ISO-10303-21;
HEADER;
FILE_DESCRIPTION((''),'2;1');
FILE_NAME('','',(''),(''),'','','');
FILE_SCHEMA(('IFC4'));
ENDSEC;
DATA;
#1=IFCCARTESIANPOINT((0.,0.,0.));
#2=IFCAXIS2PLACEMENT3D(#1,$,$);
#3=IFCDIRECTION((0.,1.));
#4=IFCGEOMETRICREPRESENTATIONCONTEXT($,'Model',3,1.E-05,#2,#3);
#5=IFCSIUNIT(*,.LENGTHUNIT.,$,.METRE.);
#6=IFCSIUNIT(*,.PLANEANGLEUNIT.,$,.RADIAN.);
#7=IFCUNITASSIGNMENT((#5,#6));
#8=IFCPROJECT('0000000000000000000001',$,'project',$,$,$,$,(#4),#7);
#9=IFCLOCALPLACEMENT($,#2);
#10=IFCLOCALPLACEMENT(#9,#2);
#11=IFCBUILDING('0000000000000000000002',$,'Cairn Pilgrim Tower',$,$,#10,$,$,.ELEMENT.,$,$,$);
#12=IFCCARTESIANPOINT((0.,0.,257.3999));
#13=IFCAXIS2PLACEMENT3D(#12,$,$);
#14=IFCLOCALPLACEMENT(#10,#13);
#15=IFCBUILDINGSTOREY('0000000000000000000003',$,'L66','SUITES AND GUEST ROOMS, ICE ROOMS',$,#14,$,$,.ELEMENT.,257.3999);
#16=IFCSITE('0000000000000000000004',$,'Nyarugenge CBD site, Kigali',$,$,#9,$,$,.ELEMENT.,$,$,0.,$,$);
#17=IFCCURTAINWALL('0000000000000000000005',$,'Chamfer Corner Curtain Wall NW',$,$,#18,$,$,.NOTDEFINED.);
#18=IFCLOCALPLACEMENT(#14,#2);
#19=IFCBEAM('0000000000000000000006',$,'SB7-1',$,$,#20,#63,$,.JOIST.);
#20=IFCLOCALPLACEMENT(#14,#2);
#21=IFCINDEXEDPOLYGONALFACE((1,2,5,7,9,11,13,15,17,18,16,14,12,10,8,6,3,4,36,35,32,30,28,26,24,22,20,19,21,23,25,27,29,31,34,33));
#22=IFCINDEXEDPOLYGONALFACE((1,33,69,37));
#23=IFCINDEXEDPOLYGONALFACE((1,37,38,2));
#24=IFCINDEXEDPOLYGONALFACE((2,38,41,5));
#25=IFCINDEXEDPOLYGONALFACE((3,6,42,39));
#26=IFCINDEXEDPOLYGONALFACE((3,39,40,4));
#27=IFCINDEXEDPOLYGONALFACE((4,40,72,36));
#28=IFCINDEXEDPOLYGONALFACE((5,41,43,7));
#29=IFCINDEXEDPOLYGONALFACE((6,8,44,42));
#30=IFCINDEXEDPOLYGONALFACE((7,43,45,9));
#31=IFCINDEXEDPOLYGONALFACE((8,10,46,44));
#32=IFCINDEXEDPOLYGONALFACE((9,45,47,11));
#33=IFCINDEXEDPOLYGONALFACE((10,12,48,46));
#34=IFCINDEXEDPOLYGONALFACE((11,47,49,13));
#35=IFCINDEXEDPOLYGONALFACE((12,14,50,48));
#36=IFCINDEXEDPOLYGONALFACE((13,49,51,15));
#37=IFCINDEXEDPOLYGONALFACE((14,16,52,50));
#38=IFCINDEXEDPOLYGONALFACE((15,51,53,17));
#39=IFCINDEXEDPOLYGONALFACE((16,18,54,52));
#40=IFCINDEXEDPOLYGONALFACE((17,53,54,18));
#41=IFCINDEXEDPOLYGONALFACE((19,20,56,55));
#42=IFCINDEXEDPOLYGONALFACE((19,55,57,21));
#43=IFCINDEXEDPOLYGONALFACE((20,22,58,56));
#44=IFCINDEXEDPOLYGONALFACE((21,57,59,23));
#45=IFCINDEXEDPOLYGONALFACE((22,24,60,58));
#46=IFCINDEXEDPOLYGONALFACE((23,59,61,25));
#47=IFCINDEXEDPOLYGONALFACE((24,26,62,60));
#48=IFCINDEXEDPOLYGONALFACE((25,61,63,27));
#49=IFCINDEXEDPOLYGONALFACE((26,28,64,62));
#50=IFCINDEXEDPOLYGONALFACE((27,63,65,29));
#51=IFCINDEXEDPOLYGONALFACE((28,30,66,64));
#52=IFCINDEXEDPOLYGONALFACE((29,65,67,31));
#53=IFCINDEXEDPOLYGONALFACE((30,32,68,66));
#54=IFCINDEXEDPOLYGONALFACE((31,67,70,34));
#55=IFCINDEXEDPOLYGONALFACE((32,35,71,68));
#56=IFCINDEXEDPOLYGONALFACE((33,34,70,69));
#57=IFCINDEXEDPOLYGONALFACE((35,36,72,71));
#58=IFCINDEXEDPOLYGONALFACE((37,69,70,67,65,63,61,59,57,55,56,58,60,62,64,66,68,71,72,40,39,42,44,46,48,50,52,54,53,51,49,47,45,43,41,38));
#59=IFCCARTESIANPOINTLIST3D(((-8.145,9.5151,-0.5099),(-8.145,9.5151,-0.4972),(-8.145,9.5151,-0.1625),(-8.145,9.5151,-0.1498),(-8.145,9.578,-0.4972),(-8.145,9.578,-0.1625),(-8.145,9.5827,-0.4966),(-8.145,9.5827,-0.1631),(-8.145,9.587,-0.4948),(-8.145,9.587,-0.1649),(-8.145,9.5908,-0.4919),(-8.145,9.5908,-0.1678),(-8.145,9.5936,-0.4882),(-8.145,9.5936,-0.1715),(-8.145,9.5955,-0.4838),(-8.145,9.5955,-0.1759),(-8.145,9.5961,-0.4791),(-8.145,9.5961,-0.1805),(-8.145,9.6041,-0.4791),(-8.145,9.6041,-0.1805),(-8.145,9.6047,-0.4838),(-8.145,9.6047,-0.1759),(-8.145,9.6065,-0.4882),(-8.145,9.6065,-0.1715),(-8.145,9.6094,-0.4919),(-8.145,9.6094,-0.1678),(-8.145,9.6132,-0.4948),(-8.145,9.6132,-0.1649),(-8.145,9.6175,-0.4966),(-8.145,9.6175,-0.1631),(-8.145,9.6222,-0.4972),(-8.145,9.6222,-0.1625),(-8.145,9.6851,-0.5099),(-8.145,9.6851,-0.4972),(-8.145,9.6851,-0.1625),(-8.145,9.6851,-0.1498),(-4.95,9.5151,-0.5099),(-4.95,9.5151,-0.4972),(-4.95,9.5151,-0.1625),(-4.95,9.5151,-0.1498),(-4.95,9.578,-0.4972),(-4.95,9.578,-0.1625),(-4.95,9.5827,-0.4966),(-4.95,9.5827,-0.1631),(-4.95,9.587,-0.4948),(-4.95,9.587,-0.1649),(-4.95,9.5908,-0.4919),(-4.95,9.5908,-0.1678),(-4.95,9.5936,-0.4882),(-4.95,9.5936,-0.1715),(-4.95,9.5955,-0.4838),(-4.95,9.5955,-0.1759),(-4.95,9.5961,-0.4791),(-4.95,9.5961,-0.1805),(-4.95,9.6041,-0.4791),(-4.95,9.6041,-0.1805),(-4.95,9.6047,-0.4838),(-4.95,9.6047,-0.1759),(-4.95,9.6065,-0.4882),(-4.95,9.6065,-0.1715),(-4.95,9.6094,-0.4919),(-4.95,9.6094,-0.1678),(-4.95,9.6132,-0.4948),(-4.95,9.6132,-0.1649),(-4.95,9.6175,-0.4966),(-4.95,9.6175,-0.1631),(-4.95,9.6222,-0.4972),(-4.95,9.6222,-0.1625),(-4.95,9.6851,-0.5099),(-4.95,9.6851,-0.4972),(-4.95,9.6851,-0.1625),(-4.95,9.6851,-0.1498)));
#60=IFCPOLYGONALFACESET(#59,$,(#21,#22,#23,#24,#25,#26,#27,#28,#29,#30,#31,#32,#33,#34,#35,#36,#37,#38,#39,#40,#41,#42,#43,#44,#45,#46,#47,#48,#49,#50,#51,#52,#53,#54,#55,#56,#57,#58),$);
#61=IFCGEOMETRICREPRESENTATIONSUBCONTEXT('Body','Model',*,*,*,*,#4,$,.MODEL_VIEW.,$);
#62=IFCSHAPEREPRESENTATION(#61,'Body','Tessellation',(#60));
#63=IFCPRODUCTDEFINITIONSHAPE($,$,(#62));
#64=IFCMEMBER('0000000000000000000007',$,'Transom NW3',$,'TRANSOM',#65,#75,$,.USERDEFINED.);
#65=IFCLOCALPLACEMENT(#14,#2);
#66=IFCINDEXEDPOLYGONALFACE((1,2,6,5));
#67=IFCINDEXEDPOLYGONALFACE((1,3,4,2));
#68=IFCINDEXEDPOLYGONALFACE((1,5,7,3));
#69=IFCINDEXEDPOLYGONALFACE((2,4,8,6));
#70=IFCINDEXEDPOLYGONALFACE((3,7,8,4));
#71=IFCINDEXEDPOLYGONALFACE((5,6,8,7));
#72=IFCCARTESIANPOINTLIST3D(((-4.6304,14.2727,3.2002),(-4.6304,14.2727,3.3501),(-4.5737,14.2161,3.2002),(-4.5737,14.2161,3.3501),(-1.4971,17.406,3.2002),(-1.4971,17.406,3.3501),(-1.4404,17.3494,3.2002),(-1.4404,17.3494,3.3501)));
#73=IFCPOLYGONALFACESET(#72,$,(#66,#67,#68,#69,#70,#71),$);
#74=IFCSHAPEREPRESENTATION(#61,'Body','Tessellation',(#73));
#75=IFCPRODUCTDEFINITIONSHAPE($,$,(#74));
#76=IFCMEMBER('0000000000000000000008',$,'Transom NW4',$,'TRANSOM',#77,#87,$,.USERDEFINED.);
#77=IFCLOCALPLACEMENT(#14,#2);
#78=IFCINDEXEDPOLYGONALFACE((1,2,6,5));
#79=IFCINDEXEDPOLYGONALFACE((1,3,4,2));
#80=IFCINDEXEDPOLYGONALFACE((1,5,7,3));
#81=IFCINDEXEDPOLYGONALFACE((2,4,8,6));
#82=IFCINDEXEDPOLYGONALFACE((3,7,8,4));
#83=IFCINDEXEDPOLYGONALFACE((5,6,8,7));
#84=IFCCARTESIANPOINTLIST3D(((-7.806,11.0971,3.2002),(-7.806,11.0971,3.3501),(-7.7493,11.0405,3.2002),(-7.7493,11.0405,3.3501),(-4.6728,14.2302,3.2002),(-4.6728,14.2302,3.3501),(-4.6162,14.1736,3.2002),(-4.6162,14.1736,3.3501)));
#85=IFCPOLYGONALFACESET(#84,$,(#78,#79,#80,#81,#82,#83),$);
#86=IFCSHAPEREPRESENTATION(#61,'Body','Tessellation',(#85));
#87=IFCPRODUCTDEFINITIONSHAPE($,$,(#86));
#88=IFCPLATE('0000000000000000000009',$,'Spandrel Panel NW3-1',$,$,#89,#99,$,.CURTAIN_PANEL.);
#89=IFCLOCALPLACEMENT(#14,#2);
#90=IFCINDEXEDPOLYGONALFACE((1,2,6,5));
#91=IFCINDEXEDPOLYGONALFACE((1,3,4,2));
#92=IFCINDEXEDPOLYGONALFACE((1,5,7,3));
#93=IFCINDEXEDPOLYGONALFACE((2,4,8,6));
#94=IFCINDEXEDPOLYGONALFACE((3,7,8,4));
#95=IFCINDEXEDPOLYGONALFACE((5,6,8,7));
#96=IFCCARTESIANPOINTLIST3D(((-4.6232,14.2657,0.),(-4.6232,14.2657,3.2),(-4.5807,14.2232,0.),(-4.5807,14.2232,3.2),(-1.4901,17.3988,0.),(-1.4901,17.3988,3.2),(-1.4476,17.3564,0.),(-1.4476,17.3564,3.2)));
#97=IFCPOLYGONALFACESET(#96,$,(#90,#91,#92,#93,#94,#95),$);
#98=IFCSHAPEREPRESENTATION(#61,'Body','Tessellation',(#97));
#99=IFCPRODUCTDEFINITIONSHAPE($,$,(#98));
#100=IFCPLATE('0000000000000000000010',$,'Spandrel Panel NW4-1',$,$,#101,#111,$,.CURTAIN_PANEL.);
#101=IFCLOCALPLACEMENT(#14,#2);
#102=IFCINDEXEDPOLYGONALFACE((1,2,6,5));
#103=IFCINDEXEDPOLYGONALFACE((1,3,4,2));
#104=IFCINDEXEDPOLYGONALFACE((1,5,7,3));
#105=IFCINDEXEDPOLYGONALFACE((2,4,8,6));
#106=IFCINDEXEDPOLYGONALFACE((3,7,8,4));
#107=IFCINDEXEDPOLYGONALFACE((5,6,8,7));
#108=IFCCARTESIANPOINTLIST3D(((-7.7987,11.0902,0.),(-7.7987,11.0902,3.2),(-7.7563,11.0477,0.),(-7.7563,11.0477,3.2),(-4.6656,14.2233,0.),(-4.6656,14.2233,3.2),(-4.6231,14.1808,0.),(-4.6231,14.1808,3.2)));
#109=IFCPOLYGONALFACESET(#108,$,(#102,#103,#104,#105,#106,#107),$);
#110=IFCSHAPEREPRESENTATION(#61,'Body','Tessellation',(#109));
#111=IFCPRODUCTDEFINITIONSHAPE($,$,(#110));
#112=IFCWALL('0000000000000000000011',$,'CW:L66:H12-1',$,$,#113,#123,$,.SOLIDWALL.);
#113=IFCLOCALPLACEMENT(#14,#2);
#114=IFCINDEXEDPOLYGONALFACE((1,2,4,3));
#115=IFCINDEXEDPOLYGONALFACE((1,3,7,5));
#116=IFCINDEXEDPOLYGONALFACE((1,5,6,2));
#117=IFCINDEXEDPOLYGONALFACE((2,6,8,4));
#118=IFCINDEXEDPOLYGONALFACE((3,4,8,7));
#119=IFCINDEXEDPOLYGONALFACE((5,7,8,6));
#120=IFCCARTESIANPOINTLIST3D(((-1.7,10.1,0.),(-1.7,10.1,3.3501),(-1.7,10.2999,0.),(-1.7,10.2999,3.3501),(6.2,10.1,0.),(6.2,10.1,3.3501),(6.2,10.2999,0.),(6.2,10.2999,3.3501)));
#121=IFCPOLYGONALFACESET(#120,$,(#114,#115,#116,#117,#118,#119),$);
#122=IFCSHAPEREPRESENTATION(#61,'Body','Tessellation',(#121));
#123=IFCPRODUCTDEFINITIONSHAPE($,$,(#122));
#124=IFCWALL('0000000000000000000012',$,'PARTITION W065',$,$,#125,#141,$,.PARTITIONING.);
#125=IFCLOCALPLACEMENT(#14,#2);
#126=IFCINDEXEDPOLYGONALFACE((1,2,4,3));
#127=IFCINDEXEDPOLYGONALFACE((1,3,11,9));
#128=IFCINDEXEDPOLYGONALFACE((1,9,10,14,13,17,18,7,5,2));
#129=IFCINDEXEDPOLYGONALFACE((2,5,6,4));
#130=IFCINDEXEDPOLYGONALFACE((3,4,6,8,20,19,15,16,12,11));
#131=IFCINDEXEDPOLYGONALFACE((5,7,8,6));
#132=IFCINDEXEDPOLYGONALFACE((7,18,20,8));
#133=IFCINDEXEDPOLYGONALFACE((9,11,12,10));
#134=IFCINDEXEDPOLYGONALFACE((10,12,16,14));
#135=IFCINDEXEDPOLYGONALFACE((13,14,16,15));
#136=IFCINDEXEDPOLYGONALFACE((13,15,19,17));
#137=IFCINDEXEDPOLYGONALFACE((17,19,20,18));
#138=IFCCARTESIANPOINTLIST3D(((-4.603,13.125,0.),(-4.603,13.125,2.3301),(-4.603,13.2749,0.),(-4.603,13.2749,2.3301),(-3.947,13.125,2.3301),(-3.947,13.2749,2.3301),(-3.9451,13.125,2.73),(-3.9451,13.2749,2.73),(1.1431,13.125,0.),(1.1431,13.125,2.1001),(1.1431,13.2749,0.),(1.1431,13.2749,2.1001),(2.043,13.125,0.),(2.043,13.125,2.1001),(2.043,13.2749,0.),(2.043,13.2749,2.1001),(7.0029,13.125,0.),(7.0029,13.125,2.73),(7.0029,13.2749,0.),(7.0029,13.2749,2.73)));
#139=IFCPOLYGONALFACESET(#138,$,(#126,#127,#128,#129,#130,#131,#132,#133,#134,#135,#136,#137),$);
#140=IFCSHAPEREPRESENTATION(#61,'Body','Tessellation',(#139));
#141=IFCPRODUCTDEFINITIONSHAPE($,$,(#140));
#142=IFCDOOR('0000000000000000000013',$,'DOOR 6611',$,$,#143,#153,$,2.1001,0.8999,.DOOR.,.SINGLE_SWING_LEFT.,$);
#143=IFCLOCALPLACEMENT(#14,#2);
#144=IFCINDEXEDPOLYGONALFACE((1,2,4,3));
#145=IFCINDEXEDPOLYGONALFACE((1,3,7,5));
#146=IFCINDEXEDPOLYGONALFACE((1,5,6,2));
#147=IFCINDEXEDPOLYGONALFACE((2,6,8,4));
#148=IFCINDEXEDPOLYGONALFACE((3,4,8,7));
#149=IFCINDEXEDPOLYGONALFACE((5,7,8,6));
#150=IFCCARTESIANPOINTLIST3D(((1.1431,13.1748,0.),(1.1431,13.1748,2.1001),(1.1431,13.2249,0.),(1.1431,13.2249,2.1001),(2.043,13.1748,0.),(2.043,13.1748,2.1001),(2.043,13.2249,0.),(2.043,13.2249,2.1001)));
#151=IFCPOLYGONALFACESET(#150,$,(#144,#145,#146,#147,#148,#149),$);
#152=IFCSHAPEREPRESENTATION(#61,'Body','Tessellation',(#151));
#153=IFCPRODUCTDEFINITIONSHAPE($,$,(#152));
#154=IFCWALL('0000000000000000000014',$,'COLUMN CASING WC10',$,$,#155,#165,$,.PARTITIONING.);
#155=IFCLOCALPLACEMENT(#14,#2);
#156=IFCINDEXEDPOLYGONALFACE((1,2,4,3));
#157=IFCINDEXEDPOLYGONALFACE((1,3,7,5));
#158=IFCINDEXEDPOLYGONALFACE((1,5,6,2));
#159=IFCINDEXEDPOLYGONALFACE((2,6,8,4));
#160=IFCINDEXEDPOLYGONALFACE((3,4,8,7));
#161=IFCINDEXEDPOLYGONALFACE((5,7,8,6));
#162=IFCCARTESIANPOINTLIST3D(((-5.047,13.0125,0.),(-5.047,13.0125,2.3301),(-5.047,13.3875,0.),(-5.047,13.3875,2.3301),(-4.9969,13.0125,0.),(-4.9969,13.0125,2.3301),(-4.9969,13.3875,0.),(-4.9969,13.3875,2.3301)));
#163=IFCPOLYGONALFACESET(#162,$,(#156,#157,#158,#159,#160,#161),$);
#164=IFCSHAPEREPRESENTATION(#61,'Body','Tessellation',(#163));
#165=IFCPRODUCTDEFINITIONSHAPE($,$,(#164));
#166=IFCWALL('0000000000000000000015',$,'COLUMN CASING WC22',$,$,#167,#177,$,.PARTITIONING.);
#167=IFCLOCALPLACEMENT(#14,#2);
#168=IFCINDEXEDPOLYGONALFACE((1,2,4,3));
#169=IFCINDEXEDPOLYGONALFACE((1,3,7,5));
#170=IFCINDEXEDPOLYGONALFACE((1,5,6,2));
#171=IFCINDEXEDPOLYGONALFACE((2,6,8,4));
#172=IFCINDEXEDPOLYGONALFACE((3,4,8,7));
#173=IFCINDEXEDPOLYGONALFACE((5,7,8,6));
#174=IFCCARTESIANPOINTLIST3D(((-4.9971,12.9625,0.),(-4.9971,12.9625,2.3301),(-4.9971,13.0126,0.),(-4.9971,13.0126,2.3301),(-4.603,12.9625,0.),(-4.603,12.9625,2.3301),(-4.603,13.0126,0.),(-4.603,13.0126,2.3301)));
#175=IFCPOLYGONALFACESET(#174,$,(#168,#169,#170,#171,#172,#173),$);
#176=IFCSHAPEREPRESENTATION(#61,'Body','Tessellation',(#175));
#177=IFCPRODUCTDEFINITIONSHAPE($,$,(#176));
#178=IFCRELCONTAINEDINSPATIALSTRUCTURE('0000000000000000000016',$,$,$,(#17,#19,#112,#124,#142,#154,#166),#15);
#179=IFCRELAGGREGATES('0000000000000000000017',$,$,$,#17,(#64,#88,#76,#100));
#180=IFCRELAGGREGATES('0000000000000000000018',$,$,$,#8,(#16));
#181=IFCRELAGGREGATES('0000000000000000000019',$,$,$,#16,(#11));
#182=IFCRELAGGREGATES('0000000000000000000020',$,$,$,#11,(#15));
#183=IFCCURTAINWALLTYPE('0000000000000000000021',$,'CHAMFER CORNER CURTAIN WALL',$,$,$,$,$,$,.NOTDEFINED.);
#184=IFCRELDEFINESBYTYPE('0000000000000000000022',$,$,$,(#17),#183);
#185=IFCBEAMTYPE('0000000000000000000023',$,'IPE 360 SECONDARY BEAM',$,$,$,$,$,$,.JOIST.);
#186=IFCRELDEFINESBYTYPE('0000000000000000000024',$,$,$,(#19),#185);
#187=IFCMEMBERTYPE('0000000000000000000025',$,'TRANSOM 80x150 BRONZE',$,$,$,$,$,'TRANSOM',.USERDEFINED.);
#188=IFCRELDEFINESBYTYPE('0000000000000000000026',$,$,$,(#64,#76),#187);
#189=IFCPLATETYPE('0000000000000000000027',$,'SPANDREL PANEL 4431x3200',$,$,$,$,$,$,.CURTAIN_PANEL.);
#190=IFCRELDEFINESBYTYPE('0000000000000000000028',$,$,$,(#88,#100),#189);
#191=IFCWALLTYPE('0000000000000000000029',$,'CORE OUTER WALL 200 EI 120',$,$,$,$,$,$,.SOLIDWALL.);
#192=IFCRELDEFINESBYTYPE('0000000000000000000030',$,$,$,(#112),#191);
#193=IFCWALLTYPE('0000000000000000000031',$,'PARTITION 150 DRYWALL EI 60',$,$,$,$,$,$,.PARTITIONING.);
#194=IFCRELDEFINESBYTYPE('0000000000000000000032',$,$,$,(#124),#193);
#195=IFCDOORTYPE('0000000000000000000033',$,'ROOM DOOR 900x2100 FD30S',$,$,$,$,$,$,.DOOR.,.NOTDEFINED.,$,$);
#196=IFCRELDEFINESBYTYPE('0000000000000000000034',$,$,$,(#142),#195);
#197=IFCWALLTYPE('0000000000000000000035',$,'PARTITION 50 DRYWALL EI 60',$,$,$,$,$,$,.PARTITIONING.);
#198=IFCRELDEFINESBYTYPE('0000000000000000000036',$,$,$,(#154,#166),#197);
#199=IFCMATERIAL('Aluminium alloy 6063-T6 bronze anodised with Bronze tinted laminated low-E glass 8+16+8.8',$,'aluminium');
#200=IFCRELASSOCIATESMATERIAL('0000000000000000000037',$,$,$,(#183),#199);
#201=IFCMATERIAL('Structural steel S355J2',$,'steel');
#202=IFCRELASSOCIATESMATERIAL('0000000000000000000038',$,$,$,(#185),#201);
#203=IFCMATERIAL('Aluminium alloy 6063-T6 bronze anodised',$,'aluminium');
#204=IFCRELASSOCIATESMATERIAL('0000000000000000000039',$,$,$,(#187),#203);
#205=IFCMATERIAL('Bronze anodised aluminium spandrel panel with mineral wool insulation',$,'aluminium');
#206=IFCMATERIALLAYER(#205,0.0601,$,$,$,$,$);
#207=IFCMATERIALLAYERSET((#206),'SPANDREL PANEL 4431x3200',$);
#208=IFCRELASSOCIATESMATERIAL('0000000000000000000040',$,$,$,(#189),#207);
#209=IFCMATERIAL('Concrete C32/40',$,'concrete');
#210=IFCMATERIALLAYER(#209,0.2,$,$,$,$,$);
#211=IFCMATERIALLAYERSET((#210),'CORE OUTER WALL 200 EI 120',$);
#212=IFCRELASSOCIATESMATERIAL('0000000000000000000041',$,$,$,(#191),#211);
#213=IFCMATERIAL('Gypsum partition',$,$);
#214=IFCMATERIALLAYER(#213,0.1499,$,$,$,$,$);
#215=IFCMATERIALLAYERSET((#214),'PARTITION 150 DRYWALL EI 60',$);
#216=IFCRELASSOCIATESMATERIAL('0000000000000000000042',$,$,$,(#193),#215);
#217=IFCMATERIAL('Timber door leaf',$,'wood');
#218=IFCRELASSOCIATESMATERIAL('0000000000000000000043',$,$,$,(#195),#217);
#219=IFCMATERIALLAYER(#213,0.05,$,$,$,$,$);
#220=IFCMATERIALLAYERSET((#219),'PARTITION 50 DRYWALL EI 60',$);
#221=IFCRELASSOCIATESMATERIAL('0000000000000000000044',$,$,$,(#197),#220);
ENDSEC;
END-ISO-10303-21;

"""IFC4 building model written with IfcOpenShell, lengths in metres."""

from ifc_helpers import new_model, si_unit, direction, frame, frame_2d, origin, origin_2d, place, context, subcontext, project, spatial, polyline, rectangle, i_section, outline, extrude, material, layer, layer_set, material_profile, profile_set, type_object, element, fill, aggregate, save


model = new_model("IFC4")

# Units and contexts
model_context = context("Model", 3, precision=1e-05, world=origin(), true_north=direction((0.0, 1.0)))
body_context = subcontext(model_context, "Body", "Model", "MODEL_VIEW")
ifc_project = project(units=[si_unit("LENGTHUNIT", "METRE"), si_unit("PLANEANGLEUNIT", "RADIAN")], contexts=[model_context])

# Site, building, storey
site_placement = place(None, origin())
site = spatial("IfcSite", under=ifc_project, at=site_placement, Name="Nyarugenge CBD site, Kigali", CompositionType="ELEMENT", RefElevation=0.0)
building_placement = place(site_placement, origin())
building = spatial("IfcBuilding", under=site, at=building_placement, Name="Cairn Pilgrim Tower", CompositionType="ELEMENT")
storey_placement = place(building_placement, frame((0.0, 0.0, 257.3999)))
storey = spatial("IfcBuildingStorey", under=building, at=storey_placement, Name="L66", Description="SUITES AND GUEST ROOMS, ICE ROOMS", CompositionType="ELEMENT", Elevation=257.3999)

# Shared definitions
ifc_material_1 = material(Name="Structural steel S355J2", Category="steel")

# Curtain wall
ifc_material_2 = material(Name="Aluminium alloy 6063-T6 bronze anodised with Bronze tinted laminated low-E glass 8+16+8.8", Category="aluminium")
curtain_wall_type = type_object("IfcCurtainWallType", Name="CHAMFER CORNER CURTAIN WALL", PredefinedType="NOTDEFINED", material=ifc_material_2)
curtain_wall_placement = place(storey_placement, origin())
curtain_wall = element("IfcCurtainWall", 1, at=curtain_wall_placement, inside=storey, type_object=curtain_wall_type, Name="Chamfer Corner Curtain Wall NW", PredefinedType="NOTDEFINED")
ifc_material_3 = material(Name="Aluminium alloy 6063-T6 bronze anodised", Category="aluminium")

# Beam
ifc_material_profile_1 = material_profile(ifc_material_1, i_section(OverallWidth=0.1699, OverallDepth=0.3601, WebThickness=0.0081, FlangeThickness=0.0127, FilletRadius=0.0181, at=origin_2d()), Name="IPE 360")
ifc_profile_set_1 = profile_set([ifc_material_profile_1], Name="Structural steel S355J2")
beam_type_1 = type_object("IfcBeamType", Name="IPE 360 SECONDARY BEAM", PredefinedType="JOIST", material=ifc_profile_set_1)
beam_1_placement = place(storey_placement, frame((-8.145, 9.6001, -0.3298), z_axis=(1.0, 0.0, 0.0), x_axis=(0.0, 1.0, 0.0)))
element("IfcBeam", 2, at=beam_1_placement, inside=storey, type_object=beam_type_1, Name="SB7-1", PredefinedType="JOIST", context=body_context, shape_type="SweptSolid", body=[
    extrude(i_section(OverallWidth=0.1699, OverallDepth=0.3601, WebThickness=0.0081, FlangeThickness=0.0127, FilletRadius=0.0181, at=origin_2d()), origin(), (0.0, 0.0, 1.0), 3.1951),
])

# Members
ifc_material_profile_2 = material_profile(ifc_material_3, rectangle(XDim=0.0801, YDim=0.1499, at=origin_2d()), Name="TRANSOM 80x150 BRONZE")
ifc_profile_set_2 = profile_set([ifc_material_profile_2], Name="Aluminium alloy 6063-T6 bronze anodised")
member_type_1 = type_object("IfcMemberType", Name="TRANSOM 80x150 BRONZE", ElementType="TRANSOM", PredefinedType="USERDEFINED", material=ifc_profile_set_2)
member_1_placement = place(storey_placement, frame((-1.4688, 17.3777, 3.2751), z_axis=(-0.707107, -0.707107, 0.0), x_axis=(0.707107, -0.707107, 0.0)))
member_1 = element("IfcMember", 3, at=member_1_placement, type_object=member_type_1, Name="Transom NW3", ObjectType="TRANSOM", PredefinedType="USERDEFINED", context=body_context, shape_type="SweptSolid", body=[
    extrude(rectangle(XDim=0.0801, YDim=0.1499, at=origin_2d()), origin(), (0.0, 0.0, 1.0), 4.4312),
])
member_2_placement = place(storey_placement, frame((-4.6445, 14.2019, 3.2751), z_axis=(-0.707107, -0.707107, 0.0), x_axis=(0.707107, -0.707107, 0.0)))
member_2 = element("IfcMember", 4, at=member_2_placement, type_object=member_type_1, Name="Transom NW4", ObjectType="TRANSOM", PredefinedType="USERDEFINED", context=body_context, shape_type="SweptSolid", body=[
    extrude(rectangle(XDim=0.0801, YDim=0.1499, at=origin_2d()), origin(), (0.0, 0.0, 1.0), 4.4309),
])

# Plates
ifc_material_4 = material(Name="Bronze anodised aluminium spandrel panel with mineral wool insulation", Category="aluminium")
ifc_layer_1 = layer(ifc_material_4, 0.0601)
ifc_layer_set_1 = layer_set([ifc_layer_1], Name="SPANDREL PANEL 4431x3200")
plate_type = type_object("IfcPlateType", Name="SPANDREL PANEL 4431x3200", PredefinedType="CURTAIN_PANEL", material=ifc_layer_set_1)
plate_1_placement = place(storey_placement, frame((-3.0354, 15.811, 0.0), z_axis=(0.0, 0.0, 1.0), x_axis=(-0.707107, -0.707107, 0.0)))
plate_1 = element("IfcPlate", 5, at=plate_1_placement, type_object=plate_type, Name="Spandrel Panel NW3-1", PredefinedType="CURTAIN_PANEL", context=body_context, shape_type="SweptSolid", body=[
    extrude(rectangle(XDim=4.4309, YDim=0.0601, at=origin_2d()), origin(), (0.0, 0.0, 1.0), 3.2),
])
plate_2_placement = place(storey_placement, frame((-6.2109, 12.6355, 0.0), z_axis=(0.0, 0.0, 1.0), x_axis=(-0.707107, -0.707107, 0.0)))
plate_2 = element("IfcPlate", 6, at=plate_2_placement, type_object=plate_type, Name="Spandrel Panel NW4-1", PredefinedType="CURTAIN_PANEL", context=body_context, shape_type="SweptSolid", body=[
    extrude(rectangle(XDim=4.4309, YDim=0.0601, at=origin_2d()), origin(), (0.0, 0.0, 1.0), 3.2),
])
aggregate(curtain_wall, [member_1, plate_1, member_2, plate_2])

# Wall
ifc_material_5 = material(Name="Concrete C32/40", Category="concrete")
ifc_layer_2 = layer(ifc_material_5, 0.2)
ifc_layer_set_2 = layer_set([ifc_layer_2], Name="CORE OUTER WALL 200 EI 120")
wall_type_1 = type_object("IfcWallType", Name="CORE OUTER WALL 200 EI 120", PredefinedType="SOLIDWALL", material=ifc_layer_set_2)
wall_1_placement = place(storey_placement, frame((-1.7, 10.2, 0.0), z_axis=(0.0, 0.0, 1.0), x_axis=(1.0, 0.0, 0.0)))
element("IfcWall", 7, at=wall_1_placement, inside=storey, type_object=wall_type_1, Name="CW:L66:H12-1", PredefinedType="SOLIDWALL", context=body_context, shape_type="SweptSolid", body=[
    extrude(rectangle(XDim=7.8999, YDim=0.2, at=frame_2d((3.95, 0.0))), origin(), (0.0, 0.0, 1.0), 3.3501),
])

# Wall, opening, door
ifc_material_6 = material(Name="Gypsum partition")
ifc_layer_3 = layer(ifc_material_6, 0.1499)
ifc_layer_set_3 = layer_set([ifc_layer_3], Name="PARTITION 150 DRYWALL EI 60")
wall_type_2 = type_object("IfcWallType", Name="PARTITION 150 DRYWALL EI 60", PredefinedType="PARTITIONING", material=ifc_layer_set_3)
wall_2_placement = place(storey_placement, frame((-4.603, 13.2, 0.0), z_axis=(0.0, 0.0, 1.0), x_axis=(1.0, 0.0, 0.0)))
wall_2 = element("IfcWall", 8, at=wall_2_placement, inside=storey, type_object=wall_type_2, Name="PARTITION W065", PredefinedType="PARTITIONING", context=body_context, shape_type="SweptSolid", body=[
    extrude(outline(polyline([(0.0, 0.0), (11.606, 0.0), (11.606, 2.73), (0.658, 2.73), (0.656, 2.3301), (0.0, 2.3301), (0.0, 0.0)])), frame((0.0, 0.075, 0.0), z_axis=(0.0, -1.0, 0.0), x_axis=(1.0, 0.0, 0.0)), (0.0, 0.0, 1.0), 0.1499),
])
opening_1_placement = place(wall_2_placement, frame((5.7461, 0.0, 0.0)))
opening_1 = element("IfcOpeningElement", 9, at=opening_1_placement, cuts=wall_2, PredefinedType="OPENING", context=body_context, shape_type="SweptSolid", body=[
    extrude(rectangle(XDim=0.8999, YDim=2.1001, at=frame_2d((0.45, 1.05))), frame((0.0, 0.085, 0.0), z_axis=(0.0, -1.0, 0.0), x_axis=(1.0, 0.0, 0.0)), (0.0, 0.0, 1.0), 0.1699),
])
ifc_material_7 = material(Name="Timber door leaf", Category="wood")
door_type_1 = type_object("IfcDoorType", Name="ROOM DOOR 900x2100 FD30S", OperationType="NOTDEFINED", PredefinedType="DOOR", material=ifc_material_7)
door_1_placement = place(opening_1_placement, origin())
door_1 = element("IfcDoor", 10, at=door_1_placement, inside=storey, type_object=door_type_1, Name="DOOR 6611", OperationType="SINGLE_SWING_LEFT", OverallHeight=2.1001, OverallWidth=0.8999, PredefinedType="DOOR", context=body_context, shape_type="SweptSolid", body=[
    extrude(rectangle(XDim=0.8999, YDim=2.1001, at=frame_2d((0.45, 1.05))), frame((0.0, 0.0249, 0.0), z_axis=(0.0, -1.0, 0.0), x_axis=(1.0, 0.0, 0.0)), (0.0, 0.0, 1.0), 0.05),
])
fill(opening_1, door_1)

# Walls
ifc_layer_4 = layer(ifc_material_6, 0.05)
ifc_layer_set_4 = layer_set([ifc_layer_4], Name="PARTITION 50 DRYWALL EI 60")
wall_type_3 = type_object("IfcWallType", Name="PARTITION 50 DRYWALL EI 60", PredefinedType="PARTITIONING", material=ifc_layer_set_4)
wall_3_placement = place(storey_placement, frame((-5.022, 13.0125, 0.0), z_axis=(0.0, 0.0, 1.0), x_axis=(0.0, 1.0, 0.0)))
element("IfcWall", 11, at=wall_3_placement, inside=storey, type_object=wall_type_3, Name="COLUMN CASING WC10", PredefinedType="PARTITIONING", context=body_context, shape_type="SweptSolid", body=[
    extrude(rectangle(XDim=0.375, YDim=0.05, at=frame_2d((0.1875, 0.0))), origin(), (0.0, 0.0, 1.0), 2.3301),
])
wall_4_placement = place(storey_placement, frame((-4.9971, 12.9875, 0.0), z_axis=(0.0, 0.0, 1.0), x_axis=(1.0, 0.0, 0.0)))
element("IfcWall", 12, at=wall_4_placement, inside=storey, type_object=wall_type_3, Name="COLUMN CASING WC22", PredefinedType="PARTITIONING", context=body_context, shape_type="SweptSolid", body=[
    extrude(rectangle(XDim=0.394, YDim=0.05, at=frame_2d((0.197, 0.0))), origin(), (0.0, 0.0, 1.0), 2.3301),
])

save(model, "model.ifc")
